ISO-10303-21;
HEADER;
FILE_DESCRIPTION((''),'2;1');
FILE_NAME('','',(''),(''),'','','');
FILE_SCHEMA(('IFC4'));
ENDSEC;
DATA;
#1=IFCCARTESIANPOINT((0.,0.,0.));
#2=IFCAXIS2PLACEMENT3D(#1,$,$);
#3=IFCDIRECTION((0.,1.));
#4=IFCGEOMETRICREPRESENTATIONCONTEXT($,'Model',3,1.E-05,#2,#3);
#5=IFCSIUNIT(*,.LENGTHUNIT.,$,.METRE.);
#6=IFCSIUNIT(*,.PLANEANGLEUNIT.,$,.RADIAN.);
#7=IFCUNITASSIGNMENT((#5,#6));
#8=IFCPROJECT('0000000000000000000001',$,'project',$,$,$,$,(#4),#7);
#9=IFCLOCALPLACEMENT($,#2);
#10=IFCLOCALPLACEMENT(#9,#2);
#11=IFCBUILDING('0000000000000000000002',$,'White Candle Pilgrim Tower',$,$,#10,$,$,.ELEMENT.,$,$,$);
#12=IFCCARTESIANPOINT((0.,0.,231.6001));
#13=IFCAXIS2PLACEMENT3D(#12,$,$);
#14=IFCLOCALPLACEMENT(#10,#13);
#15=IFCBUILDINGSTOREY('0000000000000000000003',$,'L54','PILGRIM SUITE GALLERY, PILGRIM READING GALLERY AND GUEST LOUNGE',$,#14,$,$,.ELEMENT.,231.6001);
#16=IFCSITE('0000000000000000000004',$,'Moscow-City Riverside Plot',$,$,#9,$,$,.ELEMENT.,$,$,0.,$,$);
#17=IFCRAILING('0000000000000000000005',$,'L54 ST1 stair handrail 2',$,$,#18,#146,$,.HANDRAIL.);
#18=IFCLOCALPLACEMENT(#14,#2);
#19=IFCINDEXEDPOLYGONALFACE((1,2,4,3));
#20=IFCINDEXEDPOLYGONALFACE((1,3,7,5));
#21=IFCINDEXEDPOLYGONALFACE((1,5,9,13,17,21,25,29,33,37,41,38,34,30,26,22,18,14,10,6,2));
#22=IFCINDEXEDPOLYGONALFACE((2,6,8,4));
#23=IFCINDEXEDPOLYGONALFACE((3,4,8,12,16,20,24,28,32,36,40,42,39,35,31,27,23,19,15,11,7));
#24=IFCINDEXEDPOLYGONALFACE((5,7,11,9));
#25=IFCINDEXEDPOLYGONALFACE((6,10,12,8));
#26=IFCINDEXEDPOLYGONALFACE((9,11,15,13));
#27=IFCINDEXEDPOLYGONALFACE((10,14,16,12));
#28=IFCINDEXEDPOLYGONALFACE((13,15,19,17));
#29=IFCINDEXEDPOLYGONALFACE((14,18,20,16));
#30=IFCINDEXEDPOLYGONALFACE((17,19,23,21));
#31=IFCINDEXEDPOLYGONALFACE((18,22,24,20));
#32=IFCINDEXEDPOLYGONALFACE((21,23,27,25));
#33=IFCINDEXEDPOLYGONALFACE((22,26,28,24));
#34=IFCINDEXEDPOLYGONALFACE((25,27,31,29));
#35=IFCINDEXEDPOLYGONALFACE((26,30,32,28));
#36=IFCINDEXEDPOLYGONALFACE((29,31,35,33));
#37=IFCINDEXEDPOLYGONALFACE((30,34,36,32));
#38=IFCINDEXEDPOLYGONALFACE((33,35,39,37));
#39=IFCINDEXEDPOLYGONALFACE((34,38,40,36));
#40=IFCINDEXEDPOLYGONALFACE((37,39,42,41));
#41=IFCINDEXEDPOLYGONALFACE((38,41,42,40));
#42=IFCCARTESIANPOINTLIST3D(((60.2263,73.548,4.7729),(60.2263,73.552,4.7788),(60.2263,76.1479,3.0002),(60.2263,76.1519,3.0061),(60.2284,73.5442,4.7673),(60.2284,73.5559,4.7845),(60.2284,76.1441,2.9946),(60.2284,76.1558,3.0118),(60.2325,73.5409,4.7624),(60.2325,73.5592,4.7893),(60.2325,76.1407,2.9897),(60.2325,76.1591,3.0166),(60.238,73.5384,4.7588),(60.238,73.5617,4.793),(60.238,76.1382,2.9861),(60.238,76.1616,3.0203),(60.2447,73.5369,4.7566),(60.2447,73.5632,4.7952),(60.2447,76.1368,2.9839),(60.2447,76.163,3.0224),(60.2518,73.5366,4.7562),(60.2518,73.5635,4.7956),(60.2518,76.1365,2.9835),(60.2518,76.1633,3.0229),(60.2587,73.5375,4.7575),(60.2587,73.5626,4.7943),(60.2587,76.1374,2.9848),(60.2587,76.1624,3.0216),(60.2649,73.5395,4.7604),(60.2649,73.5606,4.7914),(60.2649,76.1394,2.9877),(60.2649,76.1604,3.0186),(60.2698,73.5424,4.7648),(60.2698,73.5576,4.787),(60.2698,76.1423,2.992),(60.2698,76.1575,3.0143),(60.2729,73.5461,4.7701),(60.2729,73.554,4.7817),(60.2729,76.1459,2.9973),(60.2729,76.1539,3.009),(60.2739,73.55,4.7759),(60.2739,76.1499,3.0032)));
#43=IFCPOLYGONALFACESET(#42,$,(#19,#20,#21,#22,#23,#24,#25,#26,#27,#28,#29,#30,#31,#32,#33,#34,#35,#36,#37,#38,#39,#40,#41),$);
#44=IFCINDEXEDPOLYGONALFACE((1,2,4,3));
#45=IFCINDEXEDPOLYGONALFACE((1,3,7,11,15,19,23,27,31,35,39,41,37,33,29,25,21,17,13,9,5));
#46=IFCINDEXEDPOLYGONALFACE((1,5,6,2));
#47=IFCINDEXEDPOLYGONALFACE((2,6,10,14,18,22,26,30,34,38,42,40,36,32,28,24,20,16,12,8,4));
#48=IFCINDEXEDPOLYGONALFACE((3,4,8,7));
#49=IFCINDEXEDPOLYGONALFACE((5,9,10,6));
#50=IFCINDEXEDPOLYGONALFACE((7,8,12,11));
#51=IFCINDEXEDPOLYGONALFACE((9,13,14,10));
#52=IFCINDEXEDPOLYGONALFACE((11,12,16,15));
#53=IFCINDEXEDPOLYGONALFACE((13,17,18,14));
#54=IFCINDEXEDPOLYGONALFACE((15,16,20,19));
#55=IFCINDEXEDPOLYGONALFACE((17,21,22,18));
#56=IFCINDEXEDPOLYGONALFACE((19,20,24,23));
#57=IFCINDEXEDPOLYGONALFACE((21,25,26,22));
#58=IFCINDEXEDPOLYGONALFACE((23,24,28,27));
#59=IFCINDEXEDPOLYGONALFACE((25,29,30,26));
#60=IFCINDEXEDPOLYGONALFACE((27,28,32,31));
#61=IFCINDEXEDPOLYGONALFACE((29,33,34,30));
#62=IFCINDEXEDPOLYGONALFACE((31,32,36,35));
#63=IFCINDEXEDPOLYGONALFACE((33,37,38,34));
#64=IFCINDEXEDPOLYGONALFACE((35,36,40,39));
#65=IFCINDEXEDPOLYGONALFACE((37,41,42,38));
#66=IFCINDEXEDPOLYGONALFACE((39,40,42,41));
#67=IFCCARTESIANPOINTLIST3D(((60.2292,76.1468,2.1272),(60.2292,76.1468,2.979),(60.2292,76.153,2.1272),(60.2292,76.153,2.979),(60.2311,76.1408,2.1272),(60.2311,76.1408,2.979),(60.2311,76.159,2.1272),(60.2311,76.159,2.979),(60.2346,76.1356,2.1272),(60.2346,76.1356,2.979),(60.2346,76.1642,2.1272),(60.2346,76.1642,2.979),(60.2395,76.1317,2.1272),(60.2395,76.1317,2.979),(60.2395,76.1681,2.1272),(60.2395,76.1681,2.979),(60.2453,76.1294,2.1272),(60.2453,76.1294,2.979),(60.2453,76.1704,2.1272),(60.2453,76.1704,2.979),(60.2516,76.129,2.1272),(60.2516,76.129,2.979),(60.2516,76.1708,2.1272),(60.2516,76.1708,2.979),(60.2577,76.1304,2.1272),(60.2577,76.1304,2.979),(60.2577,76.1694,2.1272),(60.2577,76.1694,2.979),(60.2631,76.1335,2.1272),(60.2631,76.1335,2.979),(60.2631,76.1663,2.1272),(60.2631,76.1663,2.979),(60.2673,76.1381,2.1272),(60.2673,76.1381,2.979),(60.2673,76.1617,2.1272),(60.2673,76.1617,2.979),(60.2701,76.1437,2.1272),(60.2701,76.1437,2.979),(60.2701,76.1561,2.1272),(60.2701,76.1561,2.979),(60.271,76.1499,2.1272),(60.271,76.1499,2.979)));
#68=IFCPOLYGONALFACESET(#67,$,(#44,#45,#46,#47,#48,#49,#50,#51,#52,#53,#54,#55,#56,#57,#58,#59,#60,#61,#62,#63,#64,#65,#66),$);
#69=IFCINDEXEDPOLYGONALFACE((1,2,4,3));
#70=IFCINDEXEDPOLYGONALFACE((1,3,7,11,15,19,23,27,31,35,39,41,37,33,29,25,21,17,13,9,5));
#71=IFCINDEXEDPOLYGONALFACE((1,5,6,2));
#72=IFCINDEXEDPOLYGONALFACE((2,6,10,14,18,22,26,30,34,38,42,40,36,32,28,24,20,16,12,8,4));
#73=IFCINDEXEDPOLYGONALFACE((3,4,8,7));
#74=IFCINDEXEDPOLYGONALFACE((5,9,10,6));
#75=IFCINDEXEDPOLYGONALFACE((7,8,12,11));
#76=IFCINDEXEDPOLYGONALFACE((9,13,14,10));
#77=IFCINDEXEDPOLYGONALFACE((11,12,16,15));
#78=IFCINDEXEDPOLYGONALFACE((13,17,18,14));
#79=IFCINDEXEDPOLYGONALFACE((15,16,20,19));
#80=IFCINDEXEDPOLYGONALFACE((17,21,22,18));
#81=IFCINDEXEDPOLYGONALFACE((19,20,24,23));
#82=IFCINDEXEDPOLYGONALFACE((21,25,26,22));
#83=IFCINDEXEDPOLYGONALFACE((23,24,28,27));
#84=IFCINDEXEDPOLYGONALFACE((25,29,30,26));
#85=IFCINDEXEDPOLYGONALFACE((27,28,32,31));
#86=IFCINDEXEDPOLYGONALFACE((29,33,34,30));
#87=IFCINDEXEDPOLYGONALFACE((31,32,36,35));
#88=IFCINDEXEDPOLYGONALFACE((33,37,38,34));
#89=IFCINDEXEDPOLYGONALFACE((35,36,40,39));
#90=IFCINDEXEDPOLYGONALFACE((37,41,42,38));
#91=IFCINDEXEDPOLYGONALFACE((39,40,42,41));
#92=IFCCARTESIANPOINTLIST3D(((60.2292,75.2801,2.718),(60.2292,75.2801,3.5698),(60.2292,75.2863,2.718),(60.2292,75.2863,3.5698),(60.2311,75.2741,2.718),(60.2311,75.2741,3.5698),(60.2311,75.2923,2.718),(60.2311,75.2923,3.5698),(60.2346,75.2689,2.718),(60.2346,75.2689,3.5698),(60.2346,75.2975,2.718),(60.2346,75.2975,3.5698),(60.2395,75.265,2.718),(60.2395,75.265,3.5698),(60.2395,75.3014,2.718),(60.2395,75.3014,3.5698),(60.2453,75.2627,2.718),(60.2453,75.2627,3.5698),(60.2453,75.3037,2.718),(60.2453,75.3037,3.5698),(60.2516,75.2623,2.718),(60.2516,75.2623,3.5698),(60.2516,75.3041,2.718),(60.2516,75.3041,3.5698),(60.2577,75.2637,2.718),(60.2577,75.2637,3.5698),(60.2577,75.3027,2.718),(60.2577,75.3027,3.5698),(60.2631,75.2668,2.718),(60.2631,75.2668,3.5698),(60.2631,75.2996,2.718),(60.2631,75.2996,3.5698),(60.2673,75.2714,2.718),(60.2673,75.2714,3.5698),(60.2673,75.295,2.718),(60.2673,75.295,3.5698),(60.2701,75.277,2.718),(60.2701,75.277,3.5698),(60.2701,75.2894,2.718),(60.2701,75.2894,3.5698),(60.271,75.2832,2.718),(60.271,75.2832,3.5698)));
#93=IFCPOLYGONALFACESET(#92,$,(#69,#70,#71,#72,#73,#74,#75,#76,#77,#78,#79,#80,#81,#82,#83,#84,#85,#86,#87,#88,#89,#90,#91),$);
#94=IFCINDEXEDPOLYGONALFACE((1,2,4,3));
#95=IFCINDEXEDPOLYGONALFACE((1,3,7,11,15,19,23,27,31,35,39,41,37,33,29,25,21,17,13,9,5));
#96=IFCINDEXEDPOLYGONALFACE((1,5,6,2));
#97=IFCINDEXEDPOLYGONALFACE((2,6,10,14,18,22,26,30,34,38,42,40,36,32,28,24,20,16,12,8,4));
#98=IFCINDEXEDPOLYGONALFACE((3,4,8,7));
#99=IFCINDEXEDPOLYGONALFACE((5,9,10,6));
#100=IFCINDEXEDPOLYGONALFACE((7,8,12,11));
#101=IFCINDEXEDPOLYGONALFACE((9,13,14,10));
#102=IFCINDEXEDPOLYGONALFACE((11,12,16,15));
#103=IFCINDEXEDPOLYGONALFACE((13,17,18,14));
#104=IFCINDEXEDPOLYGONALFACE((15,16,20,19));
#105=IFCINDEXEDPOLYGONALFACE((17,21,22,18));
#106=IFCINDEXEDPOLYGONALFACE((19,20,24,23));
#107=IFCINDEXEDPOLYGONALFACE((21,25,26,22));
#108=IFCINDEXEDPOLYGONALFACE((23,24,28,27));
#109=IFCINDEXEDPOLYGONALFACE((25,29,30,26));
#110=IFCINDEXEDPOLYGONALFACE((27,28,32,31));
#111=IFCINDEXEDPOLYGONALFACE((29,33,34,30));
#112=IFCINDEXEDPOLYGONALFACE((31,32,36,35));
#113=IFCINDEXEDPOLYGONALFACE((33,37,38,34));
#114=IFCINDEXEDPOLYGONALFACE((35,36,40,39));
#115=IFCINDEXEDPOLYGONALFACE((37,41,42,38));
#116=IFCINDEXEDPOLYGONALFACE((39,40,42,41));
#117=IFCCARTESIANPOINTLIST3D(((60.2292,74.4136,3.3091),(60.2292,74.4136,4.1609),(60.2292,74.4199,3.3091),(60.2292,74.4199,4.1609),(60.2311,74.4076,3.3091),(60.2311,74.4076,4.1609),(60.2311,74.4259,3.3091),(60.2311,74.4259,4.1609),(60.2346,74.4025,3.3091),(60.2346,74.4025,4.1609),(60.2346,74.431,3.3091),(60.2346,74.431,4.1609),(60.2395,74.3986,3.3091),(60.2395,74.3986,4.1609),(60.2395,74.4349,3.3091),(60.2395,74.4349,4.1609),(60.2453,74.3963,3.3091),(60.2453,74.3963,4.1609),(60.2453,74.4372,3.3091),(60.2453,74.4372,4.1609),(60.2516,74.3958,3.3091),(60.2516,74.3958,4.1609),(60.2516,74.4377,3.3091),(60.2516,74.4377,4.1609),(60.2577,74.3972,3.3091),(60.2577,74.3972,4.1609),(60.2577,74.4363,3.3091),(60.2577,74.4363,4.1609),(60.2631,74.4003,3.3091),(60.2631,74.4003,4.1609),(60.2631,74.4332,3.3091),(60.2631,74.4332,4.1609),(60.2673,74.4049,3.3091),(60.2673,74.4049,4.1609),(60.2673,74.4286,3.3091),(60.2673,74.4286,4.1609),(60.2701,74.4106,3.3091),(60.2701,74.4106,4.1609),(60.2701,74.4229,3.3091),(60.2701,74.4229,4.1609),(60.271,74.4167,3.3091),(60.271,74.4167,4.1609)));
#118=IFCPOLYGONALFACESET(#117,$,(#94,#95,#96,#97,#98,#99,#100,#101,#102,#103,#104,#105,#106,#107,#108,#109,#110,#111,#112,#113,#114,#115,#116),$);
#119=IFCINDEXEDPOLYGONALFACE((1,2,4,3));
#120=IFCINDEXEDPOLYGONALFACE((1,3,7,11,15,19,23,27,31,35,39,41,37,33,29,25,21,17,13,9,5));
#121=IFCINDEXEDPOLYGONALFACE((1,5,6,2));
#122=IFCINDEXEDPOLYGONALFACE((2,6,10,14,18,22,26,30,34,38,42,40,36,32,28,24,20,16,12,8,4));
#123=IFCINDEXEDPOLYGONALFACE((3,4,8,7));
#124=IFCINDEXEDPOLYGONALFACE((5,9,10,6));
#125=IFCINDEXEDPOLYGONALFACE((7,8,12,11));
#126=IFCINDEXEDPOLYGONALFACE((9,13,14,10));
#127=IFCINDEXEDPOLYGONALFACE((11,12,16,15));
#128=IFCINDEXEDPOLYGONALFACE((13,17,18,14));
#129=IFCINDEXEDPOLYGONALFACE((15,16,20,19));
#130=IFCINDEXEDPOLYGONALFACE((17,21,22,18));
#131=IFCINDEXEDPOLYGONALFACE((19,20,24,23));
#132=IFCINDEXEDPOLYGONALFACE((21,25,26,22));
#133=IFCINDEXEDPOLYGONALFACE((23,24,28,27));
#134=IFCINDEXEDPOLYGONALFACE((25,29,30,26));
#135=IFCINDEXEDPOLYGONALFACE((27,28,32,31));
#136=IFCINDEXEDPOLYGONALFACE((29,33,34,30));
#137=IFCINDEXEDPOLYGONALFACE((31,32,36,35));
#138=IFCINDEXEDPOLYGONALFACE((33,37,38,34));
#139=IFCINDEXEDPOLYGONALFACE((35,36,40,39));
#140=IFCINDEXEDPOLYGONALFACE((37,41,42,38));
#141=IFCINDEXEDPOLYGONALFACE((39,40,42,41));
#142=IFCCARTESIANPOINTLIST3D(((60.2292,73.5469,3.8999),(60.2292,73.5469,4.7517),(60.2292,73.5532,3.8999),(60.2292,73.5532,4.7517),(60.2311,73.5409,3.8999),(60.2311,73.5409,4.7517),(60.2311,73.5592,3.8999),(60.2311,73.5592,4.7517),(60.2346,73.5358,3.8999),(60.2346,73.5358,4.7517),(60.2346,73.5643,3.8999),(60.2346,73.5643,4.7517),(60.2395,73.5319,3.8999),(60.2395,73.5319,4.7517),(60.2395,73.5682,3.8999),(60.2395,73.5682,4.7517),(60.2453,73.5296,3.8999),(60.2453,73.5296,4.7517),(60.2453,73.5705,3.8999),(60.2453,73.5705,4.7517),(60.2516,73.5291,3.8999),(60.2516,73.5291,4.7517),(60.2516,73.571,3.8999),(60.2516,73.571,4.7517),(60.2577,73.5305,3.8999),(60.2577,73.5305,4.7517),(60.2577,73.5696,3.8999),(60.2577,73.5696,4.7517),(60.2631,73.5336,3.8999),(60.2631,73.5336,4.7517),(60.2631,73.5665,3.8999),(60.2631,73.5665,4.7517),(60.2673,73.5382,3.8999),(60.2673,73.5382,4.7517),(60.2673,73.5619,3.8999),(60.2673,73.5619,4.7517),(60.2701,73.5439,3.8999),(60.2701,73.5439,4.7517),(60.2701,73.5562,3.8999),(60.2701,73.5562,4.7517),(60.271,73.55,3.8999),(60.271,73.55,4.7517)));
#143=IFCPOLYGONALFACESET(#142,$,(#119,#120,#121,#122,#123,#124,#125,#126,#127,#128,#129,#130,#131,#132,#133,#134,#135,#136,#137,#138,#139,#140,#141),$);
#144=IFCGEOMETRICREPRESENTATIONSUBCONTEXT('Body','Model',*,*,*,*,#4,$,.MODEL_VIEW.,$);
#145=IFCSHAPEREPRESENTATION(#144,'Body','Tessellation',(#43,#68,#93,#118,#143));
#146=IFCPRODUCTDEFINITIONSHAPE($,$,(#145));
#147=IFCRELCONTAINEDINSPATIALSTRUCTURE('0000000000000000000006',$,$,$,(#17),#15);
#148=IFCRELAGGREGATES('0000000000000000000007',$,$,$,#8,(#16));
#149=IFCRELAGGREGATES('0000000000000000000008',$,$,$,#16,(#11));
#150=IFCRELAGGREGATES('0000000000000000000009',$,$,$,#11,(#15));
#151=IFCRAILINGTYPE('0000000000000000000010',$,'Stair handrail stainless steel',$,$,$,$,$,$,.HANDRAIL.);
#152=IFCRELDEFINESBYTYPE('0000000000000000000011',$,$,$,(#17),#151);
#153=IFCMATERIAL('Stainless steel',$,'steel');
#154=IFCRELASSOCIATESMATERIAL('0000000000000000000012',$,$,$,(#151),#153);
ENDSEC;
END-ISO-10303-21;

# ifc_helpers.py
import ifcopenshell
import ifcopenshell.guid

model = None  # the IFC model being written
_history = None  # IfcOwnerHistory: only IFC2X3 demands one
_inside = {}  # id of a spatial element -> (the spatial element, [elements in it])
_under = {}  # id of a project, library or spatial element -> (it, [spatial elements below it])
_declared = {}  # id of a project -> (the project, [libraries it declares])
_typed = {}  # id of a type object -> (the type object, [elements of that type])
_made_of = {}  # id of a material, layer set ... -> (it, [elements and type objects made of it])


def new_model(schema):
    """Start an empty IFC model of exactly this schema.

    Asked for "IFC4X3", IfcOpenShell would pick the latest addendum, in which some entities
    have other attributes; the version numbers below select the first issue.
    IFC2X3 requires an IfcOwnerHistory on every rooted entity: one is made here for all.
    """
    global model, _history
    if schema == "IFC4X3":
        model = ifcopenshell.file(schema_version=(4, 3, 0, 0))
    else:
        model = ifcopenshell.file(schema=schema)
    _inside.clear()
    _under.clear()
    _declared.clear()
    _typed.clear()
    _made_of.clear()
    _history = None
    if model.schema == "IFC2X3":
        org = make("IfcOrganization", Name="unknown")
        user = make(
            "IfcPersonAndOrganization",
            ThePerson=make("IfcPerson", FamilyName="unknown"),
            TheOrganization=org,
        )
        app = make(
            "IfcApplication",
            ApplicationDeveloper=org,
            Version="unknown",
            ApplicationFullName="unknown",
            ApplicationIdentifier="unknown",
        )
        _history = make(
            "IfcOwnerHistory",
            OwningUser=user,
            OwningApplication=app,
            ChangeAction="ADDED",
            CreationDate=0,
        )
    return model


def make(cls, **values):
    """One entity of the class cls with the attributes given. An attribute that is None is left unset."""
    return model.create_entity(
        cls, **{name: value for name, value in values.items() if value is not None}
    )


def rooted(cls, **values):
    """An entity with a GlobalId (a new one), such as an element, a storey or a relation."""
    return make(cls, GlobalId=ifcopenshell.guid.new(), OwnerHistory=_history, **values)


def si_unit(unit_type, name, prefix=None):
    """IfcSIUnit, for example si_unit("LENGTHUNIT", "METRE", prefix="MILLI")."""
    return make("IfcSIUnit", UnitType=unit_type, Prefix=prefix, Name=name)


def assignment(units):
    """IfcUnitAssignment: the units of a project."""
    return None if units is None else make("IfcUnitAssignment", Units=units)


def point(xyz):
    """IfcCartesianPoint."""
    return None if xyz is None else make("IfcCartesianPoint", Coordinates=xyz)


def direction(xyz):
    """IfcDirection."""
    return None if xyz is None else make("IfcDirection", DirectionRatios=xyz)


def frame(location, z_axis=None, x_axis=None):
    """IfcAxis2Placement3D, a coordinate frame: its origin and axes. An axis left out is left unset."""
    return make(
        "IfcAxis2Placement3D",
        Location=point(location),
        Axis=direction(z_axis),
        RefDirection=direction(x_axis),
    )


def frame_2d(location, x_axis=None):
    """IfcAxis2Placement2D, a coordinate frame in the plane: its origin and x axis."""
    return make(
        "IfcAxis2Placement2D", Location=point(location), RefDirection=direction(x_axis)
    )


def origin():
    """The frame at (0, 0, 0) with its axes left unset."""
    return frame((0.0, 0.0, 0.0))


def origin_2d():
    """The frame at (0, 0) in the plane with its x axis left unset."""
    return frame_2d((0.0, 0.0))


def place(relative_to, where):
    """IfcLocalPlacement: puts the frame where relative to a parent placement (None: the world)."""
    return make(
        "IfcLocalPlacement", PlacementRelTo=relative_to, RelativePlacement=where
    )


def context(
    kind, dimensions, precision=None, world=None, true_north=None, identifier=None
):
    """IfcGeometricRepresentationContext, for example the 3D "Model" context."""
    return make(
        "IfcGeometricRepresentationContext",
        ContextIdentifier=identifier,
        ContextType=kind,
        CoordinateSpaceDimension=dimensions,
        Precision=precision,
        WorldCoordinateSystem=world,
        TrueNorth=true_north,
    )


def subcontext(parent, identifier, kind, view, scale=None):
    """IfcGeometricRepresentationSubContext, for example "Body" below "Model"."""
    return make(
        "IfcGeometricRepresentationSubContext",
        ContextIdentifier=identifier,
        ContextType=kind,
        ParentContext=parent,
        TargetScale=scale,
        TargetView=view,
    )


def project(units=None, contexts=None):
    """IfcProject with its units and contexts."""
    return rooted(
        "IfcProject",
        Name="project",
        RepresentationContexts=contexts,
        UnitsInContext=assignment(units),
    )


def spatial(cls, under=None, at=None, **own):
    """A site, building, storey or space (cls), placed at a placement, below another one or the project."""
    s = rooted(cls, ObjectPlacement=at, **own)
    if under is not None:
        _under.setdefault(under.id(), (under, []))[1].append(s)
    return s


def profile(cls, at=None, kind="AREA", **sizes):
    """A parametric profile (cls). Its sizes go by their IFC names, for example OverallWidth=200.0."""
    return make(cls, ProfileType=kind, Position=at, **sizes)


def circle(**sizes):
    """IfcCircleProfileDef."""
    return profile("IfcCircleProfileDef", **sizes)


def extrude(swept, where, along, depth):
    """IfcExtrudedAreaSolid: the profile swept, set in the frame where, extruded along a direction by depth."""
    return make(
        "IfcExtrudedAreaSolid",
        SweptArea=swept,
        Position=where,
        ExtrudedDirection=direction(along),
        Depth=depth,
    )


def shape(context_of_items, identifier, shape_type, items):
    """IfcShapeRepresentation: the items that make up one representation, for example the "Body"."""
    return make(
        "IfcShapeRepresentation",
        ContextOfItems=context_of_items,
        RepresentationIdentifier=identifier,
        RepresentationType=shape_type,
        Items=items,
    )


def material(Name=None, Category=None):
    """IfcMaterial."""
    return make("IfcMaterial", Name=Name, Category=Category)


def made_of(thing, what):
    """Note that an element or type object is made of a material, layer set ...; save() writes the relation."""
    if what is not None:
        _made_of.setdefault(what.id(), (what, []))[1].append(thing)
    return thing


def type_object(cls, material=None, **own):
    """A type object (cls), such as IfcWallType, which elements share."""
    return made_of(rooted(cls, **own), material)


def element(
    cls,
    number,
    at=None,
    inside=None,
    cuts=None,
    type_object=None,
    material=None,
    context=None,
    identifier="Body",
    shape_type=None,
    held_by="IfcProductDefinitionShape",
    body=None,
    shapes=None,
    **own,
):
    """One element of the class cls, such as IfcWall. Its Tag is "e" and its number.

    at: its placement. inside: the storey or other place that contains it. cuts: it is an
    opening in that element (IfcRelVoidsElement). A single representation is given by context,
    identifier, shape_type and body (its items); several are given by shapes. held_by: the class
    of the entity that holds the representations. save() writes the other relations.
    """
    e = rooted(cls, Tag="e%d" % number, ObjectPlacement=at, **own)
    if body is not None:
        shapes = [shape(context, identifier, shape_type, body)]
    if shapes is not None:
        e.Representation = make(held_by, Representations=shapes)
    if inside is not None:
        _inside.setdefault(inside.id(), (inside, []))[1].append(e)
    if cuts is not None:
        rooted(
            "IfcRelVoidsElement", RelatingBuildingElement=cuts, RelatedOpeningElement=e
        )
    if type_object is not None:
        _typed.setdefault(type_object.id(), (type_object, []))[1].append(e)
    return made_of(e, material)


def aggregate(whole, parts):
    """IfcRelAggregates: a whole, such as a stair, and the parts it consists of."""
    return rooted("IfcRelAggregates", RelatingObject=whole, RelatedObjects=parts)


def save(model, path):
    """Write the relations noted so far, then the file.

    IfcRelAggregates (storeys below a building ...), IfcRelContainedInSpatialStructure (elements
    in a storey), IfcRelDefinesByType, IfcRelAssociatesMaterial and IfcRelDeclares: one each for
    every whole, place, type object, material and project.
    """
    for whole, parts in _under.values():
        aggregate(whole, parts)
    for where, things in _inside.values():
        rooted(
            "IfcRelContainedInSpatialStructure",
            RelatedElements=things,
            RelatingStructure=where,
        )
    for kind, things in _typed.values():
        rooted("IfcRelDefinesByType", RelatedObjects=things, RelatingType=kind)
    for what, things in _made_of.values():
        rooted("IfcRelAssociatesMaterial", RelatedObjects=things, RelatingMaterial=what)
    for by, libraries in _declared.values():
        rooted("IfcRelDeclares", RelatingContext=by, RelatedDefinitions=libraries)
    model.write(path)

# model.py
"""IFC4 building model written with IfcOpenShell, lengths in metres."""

from ifc_helpers import new_model, si_unit, direction, frame, origin, origin_2d, place, context, subcontext, project, spatial, circle, extrude, material, type_object, element, save


model = new_model("IFC4")

# Units and contexts
model_context = context("Model", 3, precision=1e-05, world=origin(), true_north=direction((0.0, 1.0)))
body_context = subcontext(model_context, "Body", "Model", "MODEL_VIEW")
ifc_project = project(units=[si_unit("LENGTHUNIT", "METRE"), si_unit("PLANEANGLEUNIT", "RADIAN")], contexts=[model_context])

# Site, building, storey
site_placement = place(None, origin())
site = spatial("IfcSite", under=ifc_project, at=site_placement, Name="Moscow-City Riverside Plot", CompositionType="ELEMENT", RefElevation=0.0)
building_placement = place(site_placement, origin())
building = spatial("IfcBuilding", under=site, at=building_placement, Name="White Candle Pilgrim Tower", CompositionType="ELEMENT")
storey_placement = place(building_placement, frame((0.0, 0.0, 231.6001)))
storey = spatial("IfcBuildingStorey", under=building, at=storey_placement, Name="L54", Description="PILGRIM SUITE GALLERY, PILGRIM READING GALLERY AND GUEST LOUNGE", CompositionType="ELEMENT", Elevation=231.6001)

# Shared definitions
ifc_material_1 = material(Name="Stainless steel", Category="steel")

# Railing
railing_type_1 = type_object("IfcRailingType", Name="Stair handrail stainless steel", PredefinedType="HANDRAIL", material=ifc_material_1)
railing_1_placement = place(storey_placement, frame((60.25, 76.1499, 2.1272)))
element("IfcRailing", 1, at=railing_1_placement, inside=storey, type_object=railing_type_1, Name="L54 ST1 stair handrail 2", PredefinedType="HANDRAIL", context=body_context, shape_type="SweptSolid", body=[
    extrude(circle(Radius=0.0239, at=origin_2d()), frame((0.0, 0.0, 0.876), z_axis=(0.0, -0.826216, 0.563354), x_axis=(1.0, 0.0, 0.0)), (0.0, 0.0, 1.0), 3.1467),
    extrude(circle(Radius=0.021, at=origin_2d()), origin(), (0.0, 0.0, 1.0), 0.8518),
    extrude(circle(Radius=0.021, at=origin_2d()), frame((0.0, -0.8667, 0.5908)), (0.0, 0.0, 1.0), 0.8518),
    extrude(circle(Radius=0.021, at=origin_2d()), frame((0.0, -1.7332, 1.1819)), (0.0, 0.0, 1.0), 0.8518),
    extrude(circle(Radius=0.021, at=origin_2d()), frame((0.0, -2.5999, 1.7727)), (0.0, 0.0, 1.0), 0.8518),
])

save(model, "model.ifc")
